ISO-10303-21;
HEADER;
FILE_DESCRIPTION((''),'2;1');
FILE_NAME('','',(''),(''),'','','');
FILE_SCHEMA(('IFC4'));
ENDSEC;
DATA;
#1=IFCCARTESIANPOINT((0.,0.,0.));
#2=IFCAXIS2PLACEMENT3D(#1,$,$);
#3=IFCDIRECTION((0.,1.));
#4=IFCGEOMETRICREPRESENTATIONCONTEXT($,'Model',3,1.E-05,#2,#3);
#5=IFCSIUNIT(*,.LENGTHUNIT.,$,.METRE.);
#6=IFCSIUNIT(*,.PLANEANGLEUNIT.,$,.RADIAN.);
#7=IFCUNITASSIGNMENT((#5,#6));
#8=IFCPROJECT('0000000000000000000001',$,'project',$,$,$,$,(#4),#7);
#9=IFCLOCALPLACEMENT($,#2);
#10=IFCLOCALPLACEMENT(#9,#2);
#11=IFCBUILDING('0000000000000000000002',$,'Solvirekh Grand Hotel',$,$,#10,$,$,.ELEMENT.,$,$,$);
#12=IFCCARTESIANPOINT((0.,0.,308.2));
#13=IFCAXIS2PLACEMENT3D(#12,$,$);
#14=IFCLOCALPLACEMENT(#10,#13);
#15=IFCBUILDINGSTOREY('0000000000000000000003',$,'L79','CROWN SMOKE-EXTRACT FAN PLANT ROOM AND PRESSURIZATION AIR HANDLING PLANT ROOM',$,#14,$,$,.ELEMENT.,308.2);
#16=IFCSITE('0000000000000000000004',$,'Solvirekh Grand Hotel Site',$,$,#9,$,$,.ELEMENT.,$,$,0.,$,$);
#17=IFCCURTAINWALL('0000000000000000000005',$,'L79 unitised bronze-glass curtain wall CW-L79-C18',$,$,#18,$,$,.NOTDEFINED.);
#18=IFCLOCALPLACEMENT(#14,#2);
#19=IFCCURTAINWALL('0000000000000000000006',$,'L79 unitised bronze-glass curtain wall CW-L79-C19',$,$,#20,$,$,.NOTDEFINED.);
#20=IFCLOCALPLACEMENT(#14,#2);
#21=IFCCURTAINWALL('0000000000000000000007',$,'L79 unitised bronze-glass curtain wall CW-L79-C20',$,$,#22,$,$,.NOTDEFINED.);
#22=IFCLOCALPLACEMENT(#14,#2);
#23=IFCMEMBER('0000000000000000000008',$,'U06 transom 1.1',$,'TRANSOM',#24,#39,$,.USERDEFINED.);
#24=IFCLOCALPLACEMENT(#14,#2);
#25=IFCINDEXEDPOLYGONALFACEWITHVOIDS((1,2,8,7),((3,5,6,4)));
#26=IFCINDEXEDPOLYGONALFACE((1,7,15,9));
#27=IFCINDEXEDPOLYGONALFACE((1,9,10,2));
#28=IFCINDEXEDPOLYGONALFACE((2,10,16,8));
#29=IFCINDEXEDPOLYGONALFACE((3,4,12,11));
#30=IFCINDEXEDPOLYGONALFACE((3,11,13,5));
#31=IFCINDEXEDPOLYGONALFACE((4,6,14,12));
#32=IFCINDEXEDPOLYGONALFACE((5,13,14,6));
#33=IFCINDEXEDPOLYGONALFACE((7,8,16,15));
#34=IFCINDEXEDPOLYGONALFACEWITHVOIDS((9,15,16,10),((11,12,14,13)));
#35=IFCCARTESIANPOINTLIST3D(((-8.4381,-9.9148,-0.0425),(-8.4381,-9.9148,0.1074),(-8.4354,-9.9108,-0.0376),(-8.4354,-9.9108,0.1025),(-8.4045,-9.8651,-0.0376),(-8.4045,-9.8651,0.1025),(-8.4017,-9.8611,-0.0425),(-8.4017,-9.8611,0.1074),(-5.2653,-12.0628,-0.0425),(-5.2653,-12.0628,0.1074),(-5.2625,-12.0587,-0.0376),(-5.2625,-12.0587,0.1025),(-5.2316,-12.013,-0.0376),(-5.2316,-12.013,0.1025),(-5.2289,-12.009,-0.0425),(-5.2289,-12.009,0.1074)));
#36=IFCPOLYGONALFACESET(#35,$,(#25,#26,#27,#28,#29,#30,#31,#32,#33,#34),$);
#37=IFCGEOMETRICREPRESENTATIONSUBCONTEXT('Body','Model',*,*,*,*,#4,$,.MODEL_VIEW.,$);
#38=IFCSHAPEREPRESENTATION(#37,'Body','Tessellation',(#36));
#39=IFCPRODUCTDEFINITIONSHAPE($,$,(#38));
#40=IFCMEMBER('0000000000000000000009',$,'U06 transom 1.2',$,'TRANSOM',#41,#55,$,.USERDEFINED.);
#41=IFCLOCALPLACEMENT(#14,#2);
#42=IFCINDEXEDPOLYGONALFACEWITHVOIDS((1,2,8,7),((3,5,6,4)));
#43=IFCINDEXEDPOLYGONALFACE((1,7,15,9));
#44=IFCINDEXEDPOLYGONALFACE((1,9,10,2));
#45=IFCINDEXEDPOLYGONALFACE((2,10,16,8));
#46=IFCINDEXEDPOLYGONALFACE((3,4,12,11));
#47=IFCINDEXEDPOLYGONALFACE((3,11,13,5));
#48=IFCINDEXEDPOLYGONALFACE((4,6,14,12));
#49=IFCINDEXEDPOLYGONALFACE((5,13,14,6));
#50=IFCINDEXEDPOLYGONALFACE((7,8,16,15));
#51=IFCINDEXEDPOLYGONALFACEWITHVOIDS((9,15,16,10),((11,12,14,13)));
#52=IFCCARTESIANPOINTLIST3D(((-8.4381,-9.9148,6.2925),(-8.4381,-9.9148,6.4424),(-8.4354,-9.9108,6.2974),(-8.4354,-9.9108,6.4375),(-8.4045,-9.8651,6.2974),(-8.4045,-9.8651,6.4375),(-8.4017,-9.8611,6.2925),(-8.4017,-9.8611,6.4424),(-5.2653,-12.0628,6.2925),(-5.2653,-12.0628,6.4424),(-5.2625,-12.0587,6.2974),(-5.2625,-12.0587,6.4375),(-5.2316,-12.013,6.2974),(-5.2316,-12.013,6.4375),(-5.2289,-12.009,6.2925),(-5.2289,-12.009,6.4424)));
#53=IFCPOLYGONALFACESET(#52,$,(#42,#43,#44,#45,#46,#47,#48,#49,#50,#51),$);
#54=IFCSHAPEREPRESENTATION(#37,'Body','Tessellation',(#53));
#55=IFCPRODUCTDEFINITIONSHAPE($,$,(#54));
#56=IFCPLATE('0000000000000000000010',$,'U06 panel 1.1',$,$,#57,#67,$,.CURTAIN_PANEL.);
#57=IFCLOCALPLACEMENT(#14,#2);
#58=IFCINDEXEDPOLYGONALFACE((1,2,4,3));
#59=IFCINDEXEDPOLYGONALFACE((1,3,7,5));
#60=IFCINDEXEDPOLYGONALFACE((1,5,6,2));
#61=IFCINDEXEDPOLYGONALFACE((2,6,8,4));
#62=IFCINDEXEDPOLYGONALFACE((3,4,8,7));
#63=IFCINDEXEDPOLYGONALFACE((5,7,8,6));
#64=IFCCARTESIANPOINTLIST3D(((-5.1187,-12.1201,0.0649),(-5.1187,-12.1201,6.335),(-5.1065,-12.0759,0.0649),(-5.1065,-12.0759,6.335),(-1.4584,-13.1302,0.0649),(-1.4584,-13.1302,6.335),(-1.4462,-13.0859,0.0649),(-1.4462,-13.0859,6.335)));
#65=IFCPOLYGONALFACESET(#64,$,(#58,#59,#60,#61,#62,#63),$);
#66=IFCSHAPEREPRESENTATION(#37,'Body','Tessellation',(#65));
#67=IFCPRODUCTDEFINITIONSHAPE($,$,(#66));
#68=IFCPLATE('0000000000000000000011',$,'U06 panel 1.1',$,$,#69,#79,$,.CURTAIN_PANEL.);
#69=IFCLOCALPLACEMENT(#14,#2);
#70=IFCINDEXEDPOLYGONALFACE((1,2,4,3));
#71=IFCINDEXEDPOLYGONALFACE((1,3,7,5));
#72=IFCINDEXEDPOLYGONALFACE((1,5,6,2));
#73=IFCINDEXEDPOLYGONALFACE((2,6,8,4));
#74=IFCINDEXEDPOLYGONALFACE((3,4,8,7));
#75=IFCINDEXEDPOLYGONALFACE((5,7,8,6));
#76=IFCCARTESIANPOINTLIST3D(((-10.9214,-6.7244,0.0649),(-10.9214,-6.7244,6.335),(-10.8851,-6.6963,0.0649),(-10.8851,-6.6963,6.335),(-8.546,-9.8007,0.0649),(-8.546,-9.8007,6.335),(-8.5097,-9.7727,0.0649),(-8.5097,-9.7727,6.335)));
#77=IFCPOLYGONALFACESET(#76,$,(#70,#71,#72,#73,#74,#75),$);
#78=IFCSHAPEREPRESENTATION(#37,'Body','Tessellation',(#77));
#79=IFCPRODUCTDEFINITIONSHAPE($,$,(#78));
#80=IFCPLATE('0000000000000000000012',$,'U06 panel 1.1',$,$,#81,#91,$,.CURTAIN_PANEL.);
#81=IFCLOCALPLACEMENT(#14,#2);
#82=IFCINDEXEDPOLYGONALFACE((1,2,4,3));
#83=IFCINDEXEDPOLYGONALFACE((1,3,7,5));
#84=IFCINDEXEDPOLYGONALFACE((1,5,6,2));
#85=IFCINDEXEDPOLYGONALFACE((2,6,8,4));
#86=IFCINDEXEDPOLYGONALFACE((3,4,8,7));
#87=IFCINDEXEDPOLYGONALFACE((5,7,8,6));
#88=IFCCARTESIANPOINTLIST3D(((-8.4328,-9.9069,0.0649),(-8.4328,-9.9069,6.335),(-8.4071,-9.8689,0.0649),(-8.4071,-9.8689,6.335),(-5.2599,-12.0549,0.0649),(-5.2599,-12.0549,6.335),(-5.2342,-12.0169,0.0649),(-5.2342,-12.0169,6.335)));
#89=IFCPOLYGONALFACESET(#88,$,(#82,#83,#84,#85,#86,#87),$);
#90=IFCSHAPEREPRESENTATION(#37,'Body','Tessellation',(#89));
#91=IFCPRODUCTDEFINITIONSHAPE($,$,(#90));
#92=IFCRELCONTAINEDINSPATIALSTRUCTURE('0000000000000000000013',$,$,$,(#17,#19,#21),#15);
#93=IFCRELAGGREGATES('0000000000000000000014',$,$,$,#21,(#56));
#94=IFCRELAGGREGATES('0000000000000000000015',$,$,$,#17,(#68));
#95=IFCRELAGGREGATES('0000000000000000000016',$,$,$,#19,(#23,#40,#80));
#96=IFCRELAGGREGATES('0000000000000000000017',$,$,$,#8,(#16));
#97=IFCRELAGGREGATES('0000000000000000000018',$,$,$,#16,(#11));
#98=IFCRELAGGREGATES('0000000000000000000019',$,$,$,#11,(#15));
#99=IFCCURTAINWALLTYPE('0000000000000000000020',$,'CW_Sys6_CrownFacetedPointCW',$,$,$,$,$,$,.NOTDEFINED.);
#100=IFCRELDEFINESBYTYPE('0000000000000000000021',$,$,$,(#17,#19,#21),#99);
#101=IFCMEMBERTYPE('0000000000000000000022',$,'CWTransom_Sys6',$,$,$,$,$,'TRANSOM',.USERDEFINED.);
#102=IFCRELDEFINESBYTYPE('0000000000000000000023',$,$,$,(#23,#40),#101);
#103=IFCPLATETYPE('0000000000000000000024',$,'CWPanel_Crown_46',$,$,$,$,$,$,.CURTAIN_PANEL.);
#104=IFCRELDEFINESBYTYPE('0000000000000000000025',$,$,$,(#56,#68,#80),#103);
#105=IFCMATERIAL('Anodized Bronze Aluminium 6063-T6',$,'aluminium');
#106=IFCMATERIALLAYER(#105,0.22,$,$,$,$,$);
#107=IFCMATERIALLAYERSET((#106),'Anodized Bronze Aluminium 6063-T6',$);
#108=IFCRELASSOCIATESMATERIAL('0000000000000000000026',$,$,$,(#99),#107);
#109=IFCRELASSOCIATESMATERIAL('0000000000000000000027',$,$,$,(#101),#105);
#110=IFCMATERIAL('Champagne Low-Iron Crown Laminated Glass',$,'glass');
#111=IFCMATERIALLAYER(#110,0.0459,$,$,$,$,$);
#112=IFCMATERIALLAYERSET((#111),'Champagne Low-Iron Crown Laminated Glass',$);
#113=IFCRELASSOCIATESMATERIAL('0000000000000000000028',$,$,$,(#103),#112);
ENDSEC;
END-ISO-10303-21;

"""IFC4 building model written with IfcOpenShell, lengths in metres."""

from ifc_helpers import new_model, si_unit, direction, frame, origin, origin_2d, place, context, subcontext, project, spatial, rectangle, hollow_rectangle, extrude, source, transform, mapped, material, layer, layer_set, material_profile, profile_set, type_object, element, aggregate, save


model = new_model("IFC4")

# Units and contexts
model_context = context("Model", 3, precision=1e-05, world=origin(), true_north=direction((0.0, 1.0)))
body_context = subcontext(model_context, "Body", "Model", "MODEL_VIEW")
ifc_project = project(units=[si_unit("LENGTHUNIT", "METRE"), si_unit("PLANEANGLEUNIT", "RADIAN")], contexts=[model_context])

# Site, building, storey
site_placement = place(None, origin())
site = spatial("IfcSite", under=ifc_project, at=site_placement, Name="Solvirekh Grand Hotel Site", CompositionType="ELEMENT", RefElevation=0.0)
building_placement = place(site_placement, origin())
building = spatial("IfcBuilding", under=site, at=building_placement, Name="Solvirekh Grand Hotel", CompositionType="ELEMENT")
storey_placement = place(building_placement, frame((0.0, 0.0, 308.2)))
storey = spatial("IfcBuildingStorey", under=building, at=storey_placement, Name="L79", Description="CROWN SMOKE-EXTRACT FAN PLANT ROOM AND PRESSURIZATION AIR HANDLING PLANT ROOM", CompositionType="ELEMENT", Elevation=308.2)

# Shared definitions
ifc_material_1 = material(Name="Anodized Bronze Aluminium 6063-T6", Category="aluminium")
ifc_layer_1 = layer(ifc_material_1, 0.22)
ifc_layer_set_1 = layer_set([ifc_layer_1], Name="Anodized Bronze Aluminium 6063-T6")
curtain_wall_type = type_object("IfcCurtainWallType", Name="CW_Sys6_CrownFacetedPointCW", PredefinedType="NOTDEFINED", material=ifc_layer_set_1)

# Curtain walls
curtain_wall_1_placement = place(storey_placement, origin())
curtain_wall_1 = element("IfcCurtainWall", 1, at=curtain_wall_1_placement, inside=storey, type_object=curtain_wall_type, Name="L79 unitised bronze-glass curtain wall CW-L79-C18", PredefinedType="NOTDEFINED")
curtain_wall_2_placement = place(storey_placement, origin())
curtain_wall_2 = element("IfcCurtainWall", 2, at=curtain_wall_2_placement, inside=storey, type_object=curtain_wall_type, Name="L79 unitised bronze-glass curtain wall CW-L79-C19", PredefinedType="NOTDEFINED")
curtain_wall_3_placement = place(storey_placement, origin())
curtain_wall_3 = element("IfcCurtainWall", 3, at=curtain_wall_3_placement, inside=storey, type_object=curtain_wall_type, Name="L79 unitised bronze-glass curtain wall CW-L79-C20", PredefinedType="NOTDEFINED")

# Members
ifc_material_profile_1 = material_profile(ifc_material_1, hollow_rectangle(XDim=0.0649, YDim=0.1499, WallThickness=0.0049, at=origin_2d()), Name="ALU RHS 150X65X5")
ifc_profile_set_1 = profile_set([ifc_material_profile_1], Name="Anodized Bronze Aluminium 6063-T6")
member_type_1 = type_object("IfcMemberType", Name="CWTransom_Sys6", ElementType="TRANSOM", PredefinedType="USERDEFINED", material=ifc_profile_set_1)
shared_shape_1 = source(origin(), body_context, "Body", "SweptSolid", [
    extrude(hollow_rectangle(XDim=0.0649, YDim=0.1499, WallThickness=0.0049, at=origin_2d()), origin(), (0.0, 0.0, 1.0), 3.8315),
])
member_1_placement = place(storey_placement, frame((-8.4199, -9.8879, 0.0325), z_axis=(0.828089, -0.560597, 0.0), x_axis=(0.560597, 0.828089, 0.0)))
member_1 = element("IfcMember", 4, at=member_1_placement, type_object=member_type_1, Name="U06 transom 1.1", ObjectType="TRANSOM", PredefinedType="USERDEFINED", context=body_context, shape_type="MappedRepresentation", body=[
    mapped(shared_shape_1, transform((0.0, 0.0, 0.0), x_axis=(1.0, 0.0, 0.0), y_axis=(0.0, 1.0, 0.0), z_axis=(0.0, 0.0, 1.0), scale=1.0)),
])
member_2_placement = place(storey_placement, frame((-8.4199, -9.8879, 6.3674), z_axis=(0.828089, -0.560597, 0.0), x_axis=(0.560597, 0.828089, 0.0)))
member_2 = element("IfcMember", 5, at=member_2_placement, type_object=member_type_1, Name="U06 transom 1.2", ObjectType="TRANSOM", PredefinedType="USERDEFINED", context=body_context, shape_type="MappedRepresentation", body=[
    mapped(shared_shape_1, transform((0.0, 0.0, 0.0), x_axis=(1.0, 0.0, 0.0), y_axis=(0.0, 1.0, 0.0), z_axis=(0.0, 0.0, 1.0), scale=1.0)),
])

# Plates
ifc_material_2 = material(Name="Champagne Low-Iron Crown Laminated Glass", Category="glass")
ifc_layer_2 = layer(ifc_material_2, 0.0459)
ifc_layer_set_2 = layer_set([ifc_layer_2], Name="Champagne Low-Iron Crown Laminated Glass")
plate_type = type_object("IfcPlateType", Name="CWPanel_Crown_46", PredefinedType="CURTAIN_PANEL", material=ifc_layer_set_2)
shared_shape_2 = source(origin(), body_context, "Body", "SweptSolid", [
    extrude(rectangle(XDim=3.7971, YDim=0.0459, at=origin_2d()), origin(), (0.0, 0.0, 1.0), 6.27),
])
plate_1_placement = place(storey_placement, frame((-3.2825, -12.603, 0.0649), z_axis=(0.0, 0.0, 1.0), x_axis=(0.96397, -0.26601, 0.0)))
plate_1 = element("IfcPlate", 6, at=plate_1_placement, type_object=plate_type, Name="U06 panel 1.1", PredefinedType="CURTAIN_PANEL", context=body_context, shape_type="MappedRepresentation", body=[
    mapped(shared_shape_2, transform((0.0, 0.0, 0.0), x_axis=(1.0, 0.0, 0.0), y_axis=(0.0, 1.0, 0.0), z_axis=(0.0, 0.0, 1.0), scale=1.0)),
])
aggregate(curtain_wall_3, [plate_1])
shared_shape_3 = source(origin(), body_context, "Body", "SweptSolid", [
    extrude(rectangle(XDim=3.8867, YDim=0.0459, at=origin_2d()), origin(), (0.0, 0.0, 1.0), 6.27),
])
plate_2_placement = place(storey_placement, frame((-9.7156, -8.2485, 0.0649), z_axis=(0.0, 0.0, 1.0), x_axis=(0.611158, -0.791508, 0.0)))
plate_2 = element("IfcPlate", 7, at=plate_2_placement, type_object=plate_type, Name="U06 panel 1.1", PredefinedType="CURTAIN_PANEL", context=body_context, shape_type="MappedRepresentation", body=[
    mapped(shared_shape_3, transform((0.0, 0.0, 0.0), x_axis=(1.0, 0.0, 0.0), y_axis=(0.0, 1.0, 0.0), z_axis=(0.0, 0.0, 1.0), scale=1.0)),
])
aggregate(curtain_wall_1, [plate_2])
shared_shape_4 = source(origin(), body_context, "Body", "SweptSolid", [
    extrude(rectangle(XDim=3.8315, YDim=0.0459, at=origin_2d()), origin(), (0.0, 0.0, 1.0), 6.27),
])
plate_3_placement = place(storey_placement, frame((-6.8335, -10.9619, 0.0649), z_axis=(0.0, 0.0, 1.0), x_axis=(0.828088, -0.560598, 0.0)))
plate_3 = element("IfcPlate", 8, at=plate_3_placement, type_object=plate_type, Name="U06 panel 1.1", PredefinedType="CURTAIN_PANEL", context=body_context, shape_type="MappedRepresentation", body=[
    mapped(shared_shape_4, transform((0.0, 0.0, 0.0), x_axis=(1.0, 0.0, 0.0), y_axis=(0.0, 1.0, 0.0), z_axis=(0.0, 0.0, 1.0), scale=1.0)),
])
aggregate(curtain_wall_2, [member_1, member_2, plate_3])

save(model, "model.ifc")
